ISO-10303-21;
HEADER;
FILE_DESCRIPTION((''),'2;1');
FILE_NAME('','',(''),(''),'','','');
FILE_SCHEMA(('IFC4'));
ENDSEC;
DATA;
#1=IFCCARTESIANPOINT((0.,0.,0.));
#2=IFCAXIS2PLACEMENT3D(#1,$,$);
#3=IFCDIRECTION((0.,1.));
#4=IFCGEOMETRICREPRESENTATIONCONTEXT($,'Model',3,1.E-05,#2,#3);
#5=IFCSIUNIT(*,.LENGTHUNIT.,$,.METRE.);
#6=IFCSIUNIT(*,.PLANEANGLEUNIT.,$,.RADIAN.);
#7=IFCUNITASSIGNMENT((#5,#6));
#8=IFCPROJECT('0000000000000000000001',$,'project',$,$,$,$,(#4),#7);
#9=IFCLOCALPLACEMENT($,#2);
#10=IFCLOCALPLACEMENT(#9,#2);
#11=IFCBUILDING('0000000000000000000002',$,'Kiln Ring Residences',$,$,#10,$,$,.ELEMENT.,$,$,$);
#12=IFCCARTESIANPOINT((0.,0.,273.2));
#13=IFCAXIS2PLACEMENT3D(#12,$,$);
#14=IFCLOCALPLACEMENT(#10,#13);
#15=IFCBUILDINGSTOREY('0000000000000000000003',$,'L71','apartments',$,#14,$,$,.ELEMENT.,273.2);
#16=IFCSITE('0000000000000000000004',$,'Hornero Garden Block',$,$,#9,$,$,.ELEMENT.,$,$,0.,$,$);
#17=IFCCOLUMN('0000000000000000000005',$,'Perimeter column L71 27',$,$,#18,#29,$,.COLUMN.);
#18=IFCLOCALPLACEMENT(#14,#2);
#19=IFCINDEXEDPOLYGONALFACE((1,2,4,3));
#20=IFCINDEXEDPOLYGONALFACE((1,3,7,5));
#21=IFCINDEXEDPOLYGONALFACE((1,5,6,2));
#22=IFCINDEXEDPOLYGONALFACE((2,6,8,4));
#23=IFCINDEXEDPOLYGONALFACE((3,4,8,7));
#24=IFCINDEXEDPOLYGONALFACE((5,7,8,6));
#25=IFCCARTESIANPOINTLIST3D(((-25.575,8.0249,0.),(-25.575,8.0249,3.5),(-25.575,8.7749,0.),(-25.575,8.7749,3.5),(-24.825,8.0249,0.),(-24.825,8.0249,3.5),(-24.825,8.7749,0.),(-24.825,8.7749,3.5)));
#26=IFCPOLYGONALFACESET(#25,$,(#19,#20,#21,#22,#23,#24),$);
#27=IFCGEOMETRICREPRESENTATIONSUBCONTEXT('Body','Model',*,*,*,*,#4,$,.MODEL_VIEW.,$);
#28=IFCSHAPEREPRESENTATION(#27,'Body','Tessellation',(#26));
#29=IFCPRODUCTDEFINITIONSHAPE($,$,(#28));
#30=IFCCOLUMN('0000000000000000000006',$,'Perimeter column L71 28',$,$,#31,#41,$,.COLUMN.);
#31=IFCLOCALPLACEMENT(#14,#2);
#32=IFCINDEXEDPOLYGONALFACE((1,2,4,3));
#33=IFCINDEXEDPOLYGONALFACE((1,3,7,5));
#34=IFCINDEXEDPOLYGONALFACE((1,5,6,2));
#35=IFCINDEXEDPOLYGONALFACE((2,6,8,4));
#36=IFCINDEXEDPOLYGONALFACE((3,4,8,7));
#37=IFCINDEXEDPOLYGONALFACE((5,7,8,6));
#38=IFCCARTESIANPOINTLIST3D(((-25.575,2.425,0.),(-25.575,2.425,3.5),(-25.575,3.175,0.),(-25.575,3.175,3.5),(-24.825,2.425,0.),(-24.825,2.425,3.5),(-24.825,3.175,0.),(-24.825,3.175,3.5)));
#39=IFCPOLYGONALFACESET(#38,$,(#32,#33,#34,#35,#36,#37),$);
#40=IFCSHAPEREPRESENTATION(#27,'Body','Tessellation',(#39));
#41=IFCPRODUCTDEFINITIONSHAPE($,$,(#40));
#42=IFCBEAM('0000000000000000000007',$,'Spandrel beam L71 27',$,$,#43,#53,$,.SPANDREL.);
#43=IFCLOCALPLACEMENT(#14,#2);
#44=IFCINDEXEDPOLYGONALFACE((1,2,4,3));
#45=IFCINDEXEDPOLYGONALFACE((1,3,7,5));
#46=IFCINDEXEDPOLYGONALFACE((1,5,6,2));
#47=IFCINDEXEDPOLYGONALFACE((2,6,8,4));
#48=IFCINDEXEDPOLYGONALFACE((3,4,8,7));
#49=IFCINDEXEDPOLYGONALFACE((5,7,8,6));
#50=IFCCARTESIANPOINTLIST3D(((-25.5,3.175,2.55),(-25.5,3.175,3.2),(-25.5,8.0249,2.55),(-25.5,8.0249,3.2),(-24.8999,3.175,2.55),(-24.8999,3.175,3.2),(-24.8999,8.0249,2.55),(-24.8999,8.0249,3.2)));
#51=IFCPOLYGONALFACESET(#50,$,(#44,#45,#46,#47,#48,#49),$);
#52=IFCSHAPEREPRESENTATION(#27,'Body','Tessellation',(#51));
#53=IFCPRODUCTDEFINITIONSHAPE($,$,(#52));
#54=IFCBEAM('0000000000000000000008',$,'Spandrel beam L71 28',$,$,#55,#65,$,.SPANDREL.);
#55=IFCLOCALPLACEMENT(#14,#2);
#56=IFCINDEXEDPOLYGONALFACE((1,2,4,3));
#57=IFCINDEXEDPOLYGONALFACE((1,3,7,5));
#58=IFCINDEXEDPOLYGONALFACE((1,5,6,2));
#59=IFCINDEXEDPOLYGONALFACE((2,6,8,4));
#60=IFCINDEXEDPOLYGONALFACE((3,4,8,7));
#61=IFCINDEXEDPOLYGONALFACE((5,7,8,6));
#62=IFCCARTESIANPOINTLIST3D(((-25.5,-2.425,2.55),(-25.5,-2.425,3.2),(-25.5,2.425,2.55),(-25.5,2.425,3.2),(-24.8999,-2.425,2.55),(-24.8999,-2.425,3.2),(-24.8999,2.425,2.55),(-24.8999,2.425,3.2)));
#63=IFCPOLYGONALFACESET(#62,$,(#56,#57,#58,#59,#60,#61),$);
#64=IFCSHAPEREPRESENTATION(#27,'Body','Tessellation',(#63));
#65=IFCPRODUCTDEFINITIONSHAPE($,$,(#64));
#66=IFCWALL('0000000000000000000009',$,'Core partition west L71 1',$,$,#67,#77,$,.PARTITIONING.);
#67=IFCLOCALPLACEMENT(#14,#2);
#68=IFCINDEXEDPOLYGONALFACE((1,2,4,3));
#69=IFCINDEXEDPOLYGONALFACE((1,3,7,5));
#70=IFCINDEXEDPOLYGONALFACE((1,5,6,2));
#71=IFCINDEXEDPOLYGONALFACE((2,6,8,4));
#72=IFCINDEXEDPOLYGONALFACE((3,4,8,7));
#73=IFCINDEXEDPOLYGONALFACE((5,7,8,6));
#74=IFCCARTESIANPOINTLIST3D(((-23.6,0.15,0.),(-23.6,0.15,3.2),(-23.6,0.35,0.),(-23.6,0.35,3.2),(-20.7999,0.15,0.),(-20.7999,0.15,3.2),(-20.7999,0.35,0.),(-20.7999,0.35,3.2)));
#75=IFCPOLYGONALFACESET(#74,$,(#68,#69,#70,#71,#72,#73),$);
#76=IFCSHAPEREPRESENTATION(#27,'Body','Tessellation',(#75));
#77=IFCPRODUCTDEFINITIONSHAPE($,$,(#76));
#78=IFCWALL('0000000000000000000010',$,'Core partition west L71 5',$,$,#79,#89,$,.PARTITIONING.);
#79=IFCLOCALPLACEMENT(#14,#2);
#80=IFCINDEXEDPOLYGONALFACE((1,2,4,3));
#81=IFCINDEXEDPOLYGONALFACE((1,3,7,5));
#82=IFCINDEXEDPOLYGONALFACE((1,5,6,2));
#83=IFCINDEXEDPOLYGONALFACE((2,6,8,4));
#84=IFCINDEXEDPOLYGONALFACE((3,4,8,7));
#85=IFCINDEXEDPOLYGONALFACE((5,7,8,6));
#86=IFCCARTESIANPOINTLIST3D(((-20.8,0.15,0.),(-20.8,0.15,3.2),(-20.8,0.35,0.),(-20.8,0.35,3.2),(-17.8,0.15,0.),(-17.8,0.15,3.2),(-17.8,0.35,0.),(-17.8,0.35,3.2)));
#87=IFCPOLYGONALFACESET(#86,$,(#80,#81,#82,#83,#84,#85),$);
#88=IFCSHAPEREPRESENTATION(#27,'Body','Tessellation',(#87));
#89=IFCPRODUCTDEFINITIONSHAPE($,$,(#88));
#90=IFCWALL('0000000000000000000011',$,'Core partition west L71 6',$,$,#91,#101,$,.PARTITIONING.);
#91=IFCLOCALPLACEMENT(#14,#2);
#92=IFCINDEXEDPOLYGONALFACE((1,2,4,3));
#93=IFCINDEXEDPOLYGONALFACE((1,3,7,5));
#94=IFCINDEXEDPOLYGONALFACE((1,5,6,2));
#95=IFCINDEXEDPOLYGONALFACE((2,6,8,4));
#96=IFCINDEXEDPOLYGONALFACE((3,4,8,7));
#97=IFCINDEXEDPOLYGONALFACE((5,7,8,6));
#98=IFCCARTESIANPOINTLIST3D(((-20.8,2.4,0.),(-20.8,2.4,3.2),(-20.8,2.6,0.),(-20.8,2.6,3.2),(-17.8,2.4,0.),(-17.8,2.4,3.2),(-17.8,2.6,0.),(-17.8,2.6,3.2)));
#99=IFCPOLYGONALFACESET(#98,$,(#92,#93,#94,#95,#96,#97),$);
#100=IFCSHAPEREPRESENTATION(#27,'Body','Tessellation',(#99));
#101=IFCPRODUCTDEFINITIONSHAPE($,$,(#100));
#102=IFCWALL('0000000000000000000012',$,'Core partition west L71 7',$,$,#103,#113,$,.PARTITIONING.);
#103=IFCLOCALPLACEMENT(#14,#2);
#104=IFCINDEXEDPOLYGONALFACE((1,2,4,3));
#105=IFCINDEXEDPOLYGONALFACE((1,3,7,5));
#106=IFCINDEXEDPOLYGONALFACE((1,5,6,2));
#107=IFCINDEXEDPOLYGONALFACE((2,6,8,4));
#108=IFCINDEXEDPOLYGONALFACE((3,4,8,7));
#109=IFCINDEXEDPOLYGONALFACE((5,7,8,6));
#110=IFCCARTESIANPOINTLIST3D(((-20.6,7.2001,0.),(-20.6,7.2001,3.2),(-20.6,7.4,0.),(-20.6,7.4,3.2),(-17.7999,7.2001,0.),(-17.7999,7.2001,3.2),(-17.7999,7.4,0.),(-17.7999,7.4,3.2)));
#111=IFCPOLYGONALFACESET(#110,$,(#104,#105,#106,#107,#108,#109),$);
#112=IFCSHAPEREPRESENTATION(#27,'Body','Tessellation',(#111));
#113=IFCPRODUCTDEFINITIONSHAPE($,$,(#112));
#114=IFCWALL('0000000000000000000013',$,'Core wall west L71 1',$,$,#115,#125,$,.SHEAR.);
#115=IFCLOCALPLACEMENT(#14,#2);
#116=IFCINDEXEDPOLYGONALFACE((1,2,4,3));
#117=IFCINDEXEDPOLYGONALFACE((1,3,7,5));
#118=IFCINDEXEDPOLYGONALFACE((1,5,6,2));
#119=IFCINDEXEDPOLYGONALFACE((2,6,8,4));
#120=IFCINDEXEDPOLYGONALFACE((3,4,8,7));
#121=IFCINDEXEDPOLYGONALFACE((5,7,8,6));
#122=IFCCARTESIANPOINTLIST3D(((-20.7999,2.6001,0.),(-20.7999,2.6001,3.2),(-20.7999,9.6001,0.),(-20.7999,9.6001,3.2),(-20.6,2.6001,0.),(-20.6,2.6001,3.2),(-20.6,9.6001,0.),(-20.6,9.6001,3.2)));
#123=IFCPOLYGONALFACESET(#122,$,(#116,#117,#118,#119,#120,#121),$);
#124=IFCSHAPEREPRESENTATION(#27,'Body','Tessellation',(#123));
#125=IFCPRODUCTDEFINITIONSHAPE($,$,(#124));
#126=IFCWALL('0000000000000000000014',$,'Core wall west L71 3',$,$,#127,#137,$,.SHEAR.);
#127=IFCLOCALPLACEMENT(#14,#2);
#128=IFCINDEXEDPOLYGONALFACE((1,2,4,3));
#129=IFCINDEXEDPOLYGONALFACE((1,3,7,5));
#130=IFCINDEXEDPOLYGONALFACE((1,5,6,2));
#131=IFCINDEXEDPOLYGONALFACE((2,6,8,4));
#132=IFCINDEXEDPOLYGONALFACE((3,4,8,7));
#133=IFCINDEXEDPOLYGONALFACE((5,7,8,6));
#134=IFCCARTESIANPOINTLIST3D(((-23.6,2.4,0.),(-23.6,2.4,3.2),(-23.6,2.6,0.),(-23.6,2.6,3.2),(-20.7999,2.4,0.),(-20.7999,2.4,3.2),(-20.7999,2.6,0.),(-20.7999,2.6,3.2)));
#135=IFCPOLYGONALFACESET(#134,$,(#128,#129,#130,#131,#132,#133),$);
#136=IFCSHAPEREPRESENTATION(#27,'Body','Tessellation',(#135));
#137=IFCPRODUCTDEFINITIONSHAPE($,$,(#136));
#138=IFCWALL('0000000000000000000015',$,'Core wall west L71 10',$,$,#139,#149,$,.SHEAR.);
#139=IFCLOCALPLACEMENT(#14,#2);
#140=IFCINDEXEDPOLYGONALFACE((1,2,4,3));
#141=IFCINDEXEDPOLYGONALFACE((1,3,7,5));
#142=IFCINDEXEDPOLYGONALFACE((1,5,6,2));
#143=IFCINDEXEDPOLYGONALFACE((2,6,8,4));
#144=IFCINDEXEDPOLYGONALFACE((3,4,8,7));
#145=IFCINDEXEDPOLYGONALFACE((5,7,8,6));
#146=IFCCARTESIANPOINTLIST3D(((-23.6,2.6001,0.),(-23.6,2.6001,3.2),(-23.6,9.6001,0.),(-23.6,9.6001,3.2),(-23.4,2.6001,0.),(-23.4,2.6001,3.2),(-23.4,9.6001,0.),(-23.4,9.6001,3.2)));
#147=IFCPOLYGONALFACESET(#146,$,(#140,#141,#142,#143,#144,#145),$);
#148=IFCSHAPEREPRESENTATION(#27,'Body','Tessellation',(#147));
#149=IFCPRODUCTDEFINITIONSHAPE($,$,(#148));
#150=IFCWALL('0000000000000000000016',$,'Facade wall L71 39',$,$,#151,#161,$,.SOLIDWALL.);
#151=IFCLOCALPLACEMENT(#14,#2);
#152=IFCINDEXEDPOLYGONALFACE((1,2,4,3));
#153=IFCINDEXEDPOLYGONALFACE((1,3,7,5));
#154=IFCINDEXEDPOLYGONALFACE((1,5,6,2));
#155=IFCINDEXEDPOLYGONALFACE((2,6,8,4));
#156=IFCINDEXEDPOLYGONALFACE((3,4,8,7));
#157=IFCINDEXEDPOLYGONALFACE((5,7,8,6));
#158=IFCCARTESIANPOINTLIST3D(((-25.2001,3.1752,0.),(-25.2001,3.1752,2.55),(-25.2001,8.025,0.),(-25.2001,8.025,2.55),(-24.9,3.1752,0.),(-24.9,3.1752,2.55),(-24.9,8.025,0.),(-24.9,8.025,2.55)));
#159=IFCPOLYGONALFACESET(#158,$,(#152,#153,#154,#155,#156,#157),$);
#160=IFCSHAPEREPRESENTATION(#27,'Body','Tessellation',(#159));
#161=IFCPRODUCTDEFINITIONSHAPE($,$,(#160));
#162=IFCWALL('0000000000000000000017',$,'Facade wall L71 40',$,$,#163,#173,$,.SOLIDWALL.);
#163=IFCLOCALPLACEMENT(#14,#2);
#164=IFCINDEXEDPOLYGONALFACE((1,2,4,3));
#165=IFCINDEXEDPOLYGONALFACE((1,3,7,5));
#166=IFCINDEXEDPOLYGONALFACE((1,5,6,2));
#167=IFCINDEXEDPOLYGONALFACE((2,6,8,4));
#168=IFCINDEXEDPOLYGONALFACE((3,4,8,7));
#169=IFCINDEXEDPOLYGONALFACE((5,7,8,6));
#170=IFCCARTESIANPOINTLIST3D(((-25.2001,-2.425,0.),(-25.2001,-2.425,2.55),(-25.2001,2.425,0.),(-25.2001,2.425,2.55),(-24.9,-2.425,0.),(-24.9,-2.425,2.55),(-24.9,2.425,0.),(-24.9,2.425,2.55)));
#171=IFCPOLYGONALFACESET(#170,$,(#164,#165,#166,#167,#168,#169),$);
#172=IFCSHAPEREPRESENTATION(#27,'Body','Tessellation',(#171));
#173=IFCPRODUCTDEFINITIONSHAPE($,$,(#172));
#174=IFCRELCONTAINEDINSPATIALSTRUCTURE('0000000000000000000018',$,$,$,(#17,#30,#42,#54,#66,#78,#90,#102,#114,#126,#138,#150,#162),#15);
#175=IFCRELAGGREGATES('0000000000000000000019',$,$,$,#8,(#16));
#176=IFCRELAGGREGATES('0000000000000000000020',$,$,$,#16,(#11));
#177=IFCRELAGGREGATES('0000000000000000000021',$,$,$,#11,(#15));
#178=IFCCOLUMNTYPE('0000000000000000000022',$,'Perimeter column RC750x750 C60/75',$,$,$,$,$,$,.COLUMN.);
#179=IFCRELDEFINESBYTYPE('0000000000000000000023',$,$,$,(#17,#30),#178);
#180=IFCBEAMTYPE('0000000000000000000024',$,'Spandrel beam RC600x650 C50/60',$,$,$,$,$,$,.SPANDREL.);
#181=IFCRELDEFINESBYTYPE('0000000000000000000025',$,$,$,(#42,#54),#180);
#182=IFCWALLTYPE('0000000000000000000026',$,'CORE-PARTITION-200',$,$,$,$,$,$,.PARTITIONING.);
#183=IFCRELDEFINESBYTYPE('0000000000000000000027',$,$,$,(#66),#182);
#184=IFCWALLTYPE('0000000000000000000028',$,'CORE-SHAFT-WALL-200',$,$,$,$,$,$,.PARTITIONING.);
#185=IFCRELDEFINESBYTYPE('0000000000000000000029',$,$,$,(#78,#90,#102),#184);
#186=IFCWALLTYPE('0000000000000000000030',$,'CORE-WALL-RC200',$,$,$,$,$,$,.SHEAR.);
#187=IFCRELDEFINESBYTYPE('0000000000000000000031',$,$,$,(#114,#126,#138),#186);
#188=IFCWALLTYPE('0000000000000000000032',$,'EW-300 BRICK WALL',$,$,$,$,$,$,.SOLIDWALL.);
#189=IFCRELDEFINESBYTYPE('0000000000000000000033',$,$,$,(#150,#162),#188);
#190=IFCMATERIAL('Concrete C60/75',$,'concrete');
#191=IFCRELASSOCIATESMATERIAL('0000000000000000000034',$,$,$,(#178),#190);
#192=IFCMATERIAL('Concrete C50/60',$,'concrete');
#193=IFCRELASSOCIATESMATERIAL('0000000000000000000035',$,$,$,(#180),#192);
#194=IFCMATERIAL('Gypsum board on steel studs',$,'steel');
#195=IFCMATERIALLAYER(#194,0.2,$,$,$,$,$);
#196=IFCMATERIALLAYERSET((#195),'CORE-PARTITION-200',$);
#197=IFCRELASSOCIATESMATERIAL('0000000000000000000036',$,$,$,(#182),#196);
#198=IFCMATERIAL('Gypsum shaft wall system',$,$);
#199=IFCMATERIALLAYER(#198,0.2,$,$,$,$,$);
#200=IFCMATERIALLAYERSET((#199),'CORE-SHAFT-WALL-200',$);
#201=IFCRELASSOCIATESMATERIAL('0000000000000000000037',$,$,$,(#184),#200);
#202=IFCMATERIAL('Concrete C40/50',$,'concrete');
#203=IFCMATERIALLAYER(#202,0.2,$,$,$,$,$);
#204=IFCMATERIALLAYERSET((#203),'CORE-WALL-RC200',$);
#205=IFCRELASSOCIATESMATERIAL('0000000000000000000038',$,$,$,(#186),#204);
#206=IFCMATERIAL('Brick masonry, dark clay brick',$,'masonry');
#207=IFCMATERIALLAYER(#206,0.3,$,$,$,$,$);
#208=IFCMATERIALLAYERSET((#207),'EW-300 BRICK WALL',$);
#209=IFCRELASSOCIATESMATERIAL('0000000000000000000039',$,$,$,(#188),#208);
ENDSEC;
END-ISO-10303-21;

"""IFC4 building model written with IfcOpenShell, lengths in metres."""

from ifc_helpers import new_model, si_unit, direction, frame, frame_2d, origin, origin_2d, place, context, subcontext, project, spatial, rectangle, extrude, material, layer, layer_set, material_profile, profile_set, type_object, element, save


model = new_model("IFC4")

# Units and contexts
model_context = context("Model", 3, precision=1e-05, world=origin(), true_north=direction((0.0, 1.0)))
body_context = subcontext(model_context, "Body", "Model", "MODEL_VIEW")
ifc_project = project(units=[si_unit("LENGTHUNIT", "METRE"), si_unit("PLANEANGLEUNIT", "RADIAN")], contexts=[model_context])

# Site, building, storey
site_placement = place(None, origin())
site = spatial("IfcSite", under=ifc_project, at=site_placement, Name="Hornero Garden Block", CompositionType="ELEMENT", RefElevation=0.0)
building_placement = place(site_placement, origin())
building = spatial("IfcBuilding", under=site, at=building_placement, Name="Kiln Ring Residences", CompositionType="ELEMENT")
storey_placement = place(building_placement, frame((0.0, 0.0, 273.2)))
storey = spatial("IfcBuildingStorey", under=building, at=storey_placement, Name="L71", Description="apartments", CompositionType="ELEMENT", Elevation=273.2)

# Columns
ifc_material_1 = material(Name="Concrete C60/75", Category="concrete")
ifc_material_profile_1 = material_profile(ifc_material_1, rectangle(XDim=0.75, YDim=0.75, at=origin_2d()), Name="RC750x750")
ifc_profile_set_1 = profile_set([ifc_material_profile_1], Name="Concrete C60/75")
column_type = type_object("IfcColumnType", Name="Perimeter column RC750x750 C60/75", PredefinedType="COLUMN", material=ifc_profile_set_1)
for number, where, z_axis, x_axis, name in (
    (1, (-25.2, 8.3999, 0.0), (0.0, 0.0, 1.0), (1.0, 0.0, 0.0), "Perimeter column L71 27"),
    (2, (-25.2, 2.8, 0.0), (0.0, 0.0, 1.0), (1.0, 0.0, 0.0), "Perimeter column L71 28"),
):
    element("IfcColumn", number, at=place(storey_placement, frame(where, z_axis=z_axis, x_axis=x_axis)), inside=storey, type_object=column_type, Name=name, PredefinedType="COLUMN", context=body_context, shape_type="SweptSolid", body=[
        extrude(rectangle(XDim=0.75, YDim=0.75, at=origin_2d()), origin(), (0.0, 0.0, 1.0), 3.5),
    ])

# Beams
ifc_material_2 = material(Name="Concrete C50/60", Category="concrete")
ifc_material_profile_2 = material_profile(ifc_material_2, rectangle(XDim=0.6001, YDim=0.6499, at=origin_2d()), Name="RC600x650")
ifc_profile_set_2 = profile_set([ifc_material_profile_2], Name="Concrete C50/60")
beam_type = type_object("IfcBeamType", Name="Spandrel beam RC600x650 C50/60", PredefinedType="SPANDREL", material=ifc_profile_set_2)
beam_1_placement = place(storey_placement, frame((-25.2, 8.0249, 2.875), z_axis=(0.0, -1.0, 0.0), x_axis=(1.0, 0.0, 0.0)))
element("IfcBeam", 3, at=beam_1_placement, inside=storey, type_object=beam_type, Name="Spandrel beam L71 27", PredefinedType="SPANDREL", context=body_context, shape_type="SweptSolid", body=[
    extrude(rectangle(XDim=0.6001, YDim=0.6499, at=origin_2d()), origin(), (0.0, 0.0, 1.0), 4.8499),
])
beam_2_placement = place(storey_placement, frame((-25.2, 2.425, 2.875), z_axis=(0.0, -1.0, 0.0), x_axis=(1.0, 0.0, 0.0)))
element("IfcBeam", 4, at=beam_2_placement, inside=storey, type_object=beam_type, Name="Spandrel beam L71 28", PredefinedType="SPANDREL", context=body_context, shape_type="SweptSolid", body=[
    extrude(rectangle(XDim=0.6001, YDim=0.6499, at=origin_2d()), origin(), (0.0, 0.0, 1.0), 4.8501),
])

# Walls
ifc_material_3 = material(Name="Gypsum board on steel studs", Category="steel")
ifc_layer_1 = layer(ifc_material_3, 0.2)
ifc_layer_set_1 = layer_set([ifc_layer_1], Name="CORE-PARTITION-200")
wall_type_1 = type_object("IfcWallType", Name="CORE-PARTITION-200", PredefinedType="PARTITIONING", material=ifc_layer_set_1)
wall_1_placement = place(storey_placement, frame((-20.8, 0.25, 0.0), z_axis=(0.0, 0.0, 1.0), x_axis=(-1.0, 0.0, 0.0)))
element("IfcWall", 5, at=wall_1_placement, inside=storey, type_object=wall_type_1, Name="Core partition west L71 1", PredefinedType="PARTITIONING", context=body_context, shape_type="SweptSolid", body=[
    extrude(rectangle(XDim=2.8, YDim=0.2, at=frame_2d((1.3999, 0.0))), origin(), (0.0, 0.0, 1.0), 3.2),
])
ifc_material_4 = material(Name="Gypsum shaft wall system")
ifc_layer_2 = layer(ifc_material_4, 0.2)
ifc_layer_set_2 = layer_set([ifc_layer_2], Name="CORE-SHAFT-WALL-200")
wall_type_2 = type_object("IfcWallType", Name="CORE-SHAFT-WALL-200", PredefinedType="PARTITIONING", material=ifc_layer_set_2)
for number, where, z_axis, x_axis, name in (
    (6, (-17.8, 0.25, 0.0), (0.0, 0.0, 1.0), (-1.0, 0.0, 0.0), "Core partition west L71 5"),
    (7, (-17.8, 2.5, 0.0), (0.0, 0.0, 1.0), (-1.0, 0.0, 0.0), "Core partition west L71 6"),
):
    element("IfcWall", number, at=place(storey_placement, frame(where, z_axis=z_axis, x_axis=x_axis)), inside=storey, type_object=wall_type_2, Name=name, PredefinedType="PARTITIONING", context=body_context, shape_type="SweptSolid", body=[
        extrude(rectangle(XDim=3.0, YDim=0.2, at=frame_2d((1.5, 0.0))), origin(), (0.0, 0.0, 1.0), 3.2),
    ])
wall_2_placement = place(storey_placement, frame((-17.8, 7.3, 0.0), z_axis=(0.0, 0.0, 1.0), x_axis=(-1.0, 0.0, 0.0)))
element("IfcWall", 8, at=wall_2_placement, inside=storey, type_object=wall_type_2, Name="Core partition west L71 7", PredefinedType="PARTITIONING", context=body_context, shape_type="SweptSolid", body=[
    extrude(rectangle(XDim=2.8, YDim=0.2, at=frame_2d((1.3999, 0.0))), origin(), (0.0, 0.0, 1.0), 3.2),
])
ifc_material_5 = material(Name="Concrete C40/50", Category="concrete")
ifc_layer_3 = layer(ifc_material_5, 0.2)
ifc_layer_set_3 = layer_set([ifc_layer_3], Name="CORE-WALL-RC200")
wall_type_3 = type_object("IfcWallType", Name="CORE-WALL-RC200", PredefinedType="SHEAR", material=ifc_layer_set_3)
wall_3_placement = place(storey_placement, frame((-20.7, 2.6001, 0.0), z_axis=(0.0, 0.0, 1.0), x_axis=(0.0, 1.0, 0.0)))
element("IfcWall", 9, at=wall_3_placement, inside=storey, type_object=wall_type_3, Name="Core wall west L71 1", PredefinedType="SHEAR", context=body_context, shape_type="SweptSolid", body=[
    extrude(rectangle(XDim=7.0, YDim=0.2, at=frame_2d((3.5, 0.0))), origin(), (0.0, 0.0, 1.0), 3.2),
])
wall_4_placement = place(storey_placement, frame((-20.8, 2.5, 0.0), z_axis=(0.0, 0.0, 1.0), x_axis=(-1.0, 0.0, 0.0)))
element("IfcWall", 10, at=wall_4_placement, inside=storey, type_object=wall_type_3, Name="Core wall west L71 3", PredefinedType="SHEAR", context=body_context, shape_type="SweptSolid", body=[
    extrude(rectangle(XDim=2.8, YDim=0.2, at=frame_2d((1.3999, 0.0))), origin(), (0.0, 0.0, 1.0), 3.2),
])
wall_5_placement = place(storey_placement, frame((-23.5, 2.6001, 0.0), z_axis=(0.0, 0.0, 1.0), x_axis=(0.0, 1.0, 0.0)))
element("IfcWall", 11, at=wall_5_placement, inside=storey, type_object=wall_type_3, Name="Core wall west L71 10", PredefinedType="SHEAR", context=body_context, shape_type="SweptSolid", body=[
    extrude(rectangle(XDim=7.0, YDim=0.2, at=frame_2d((3.5, 0.0))), origin(), (0.0, 0.0, 1.0), 3.2),
])
ifc_material_6 = material(Name="Brick masonry, dark clay brick", Category="masonry")
ifc_layer_4 = layer(ifc_material_6, 0.3)
ifc_layer_set_4 = layer_set([ifc_layer_4], Name="EW-300 BRICK WALL")
wall_type_4 = type_object("IfcWallType", Name="EW-300 BRICK WALL", PredefinedType="SOLIDWALL", material=ifc_layer_set_4)
wall_6_placement = place(storey_placement, frame((-25.05, 8.0249, 0.0), z_axis=(0.0, 0.0, 1.0), x_axis=(0.0, -1.0, 0.0)))
element("IfcWall", 12, at=wall_6_placement, inside=storey, type_object=wall_type_4, Name="Facade wall L71 39", PredefinedType="SOLIDWALL", context=body_context, shape_type="SweptSolid", body=[
    extrude(rectangle(XDim=4.8499, YDim=0.3, at=frame_2d((2.4248, 0.0))), origin(), (0.0, 0.0, 1.0), 2.55),
])
wall_7_placement = place(storey_placement, frame((-25.05, 2.425, 0.0), z_axis=(0.0, 0.0, 1.0), x_axis=(0.0, -1.0, 0.0)))
element("IfcWall", 13, at=wall_7_placement, inside=storey, type_object=wall_type_4, Name="Facade wall L71 40", PredefinedType="SOLIDWALL", context=body_context, shape_type="SweptSolid", body=[
    extrude(rectangle(XDim=4.8501, YDim=0.3, at=frame_2d((2.425, 0.0))), origin(), (0.0, 0.0, 1.0), 2.55),
])

save(model, "model.ifc")
